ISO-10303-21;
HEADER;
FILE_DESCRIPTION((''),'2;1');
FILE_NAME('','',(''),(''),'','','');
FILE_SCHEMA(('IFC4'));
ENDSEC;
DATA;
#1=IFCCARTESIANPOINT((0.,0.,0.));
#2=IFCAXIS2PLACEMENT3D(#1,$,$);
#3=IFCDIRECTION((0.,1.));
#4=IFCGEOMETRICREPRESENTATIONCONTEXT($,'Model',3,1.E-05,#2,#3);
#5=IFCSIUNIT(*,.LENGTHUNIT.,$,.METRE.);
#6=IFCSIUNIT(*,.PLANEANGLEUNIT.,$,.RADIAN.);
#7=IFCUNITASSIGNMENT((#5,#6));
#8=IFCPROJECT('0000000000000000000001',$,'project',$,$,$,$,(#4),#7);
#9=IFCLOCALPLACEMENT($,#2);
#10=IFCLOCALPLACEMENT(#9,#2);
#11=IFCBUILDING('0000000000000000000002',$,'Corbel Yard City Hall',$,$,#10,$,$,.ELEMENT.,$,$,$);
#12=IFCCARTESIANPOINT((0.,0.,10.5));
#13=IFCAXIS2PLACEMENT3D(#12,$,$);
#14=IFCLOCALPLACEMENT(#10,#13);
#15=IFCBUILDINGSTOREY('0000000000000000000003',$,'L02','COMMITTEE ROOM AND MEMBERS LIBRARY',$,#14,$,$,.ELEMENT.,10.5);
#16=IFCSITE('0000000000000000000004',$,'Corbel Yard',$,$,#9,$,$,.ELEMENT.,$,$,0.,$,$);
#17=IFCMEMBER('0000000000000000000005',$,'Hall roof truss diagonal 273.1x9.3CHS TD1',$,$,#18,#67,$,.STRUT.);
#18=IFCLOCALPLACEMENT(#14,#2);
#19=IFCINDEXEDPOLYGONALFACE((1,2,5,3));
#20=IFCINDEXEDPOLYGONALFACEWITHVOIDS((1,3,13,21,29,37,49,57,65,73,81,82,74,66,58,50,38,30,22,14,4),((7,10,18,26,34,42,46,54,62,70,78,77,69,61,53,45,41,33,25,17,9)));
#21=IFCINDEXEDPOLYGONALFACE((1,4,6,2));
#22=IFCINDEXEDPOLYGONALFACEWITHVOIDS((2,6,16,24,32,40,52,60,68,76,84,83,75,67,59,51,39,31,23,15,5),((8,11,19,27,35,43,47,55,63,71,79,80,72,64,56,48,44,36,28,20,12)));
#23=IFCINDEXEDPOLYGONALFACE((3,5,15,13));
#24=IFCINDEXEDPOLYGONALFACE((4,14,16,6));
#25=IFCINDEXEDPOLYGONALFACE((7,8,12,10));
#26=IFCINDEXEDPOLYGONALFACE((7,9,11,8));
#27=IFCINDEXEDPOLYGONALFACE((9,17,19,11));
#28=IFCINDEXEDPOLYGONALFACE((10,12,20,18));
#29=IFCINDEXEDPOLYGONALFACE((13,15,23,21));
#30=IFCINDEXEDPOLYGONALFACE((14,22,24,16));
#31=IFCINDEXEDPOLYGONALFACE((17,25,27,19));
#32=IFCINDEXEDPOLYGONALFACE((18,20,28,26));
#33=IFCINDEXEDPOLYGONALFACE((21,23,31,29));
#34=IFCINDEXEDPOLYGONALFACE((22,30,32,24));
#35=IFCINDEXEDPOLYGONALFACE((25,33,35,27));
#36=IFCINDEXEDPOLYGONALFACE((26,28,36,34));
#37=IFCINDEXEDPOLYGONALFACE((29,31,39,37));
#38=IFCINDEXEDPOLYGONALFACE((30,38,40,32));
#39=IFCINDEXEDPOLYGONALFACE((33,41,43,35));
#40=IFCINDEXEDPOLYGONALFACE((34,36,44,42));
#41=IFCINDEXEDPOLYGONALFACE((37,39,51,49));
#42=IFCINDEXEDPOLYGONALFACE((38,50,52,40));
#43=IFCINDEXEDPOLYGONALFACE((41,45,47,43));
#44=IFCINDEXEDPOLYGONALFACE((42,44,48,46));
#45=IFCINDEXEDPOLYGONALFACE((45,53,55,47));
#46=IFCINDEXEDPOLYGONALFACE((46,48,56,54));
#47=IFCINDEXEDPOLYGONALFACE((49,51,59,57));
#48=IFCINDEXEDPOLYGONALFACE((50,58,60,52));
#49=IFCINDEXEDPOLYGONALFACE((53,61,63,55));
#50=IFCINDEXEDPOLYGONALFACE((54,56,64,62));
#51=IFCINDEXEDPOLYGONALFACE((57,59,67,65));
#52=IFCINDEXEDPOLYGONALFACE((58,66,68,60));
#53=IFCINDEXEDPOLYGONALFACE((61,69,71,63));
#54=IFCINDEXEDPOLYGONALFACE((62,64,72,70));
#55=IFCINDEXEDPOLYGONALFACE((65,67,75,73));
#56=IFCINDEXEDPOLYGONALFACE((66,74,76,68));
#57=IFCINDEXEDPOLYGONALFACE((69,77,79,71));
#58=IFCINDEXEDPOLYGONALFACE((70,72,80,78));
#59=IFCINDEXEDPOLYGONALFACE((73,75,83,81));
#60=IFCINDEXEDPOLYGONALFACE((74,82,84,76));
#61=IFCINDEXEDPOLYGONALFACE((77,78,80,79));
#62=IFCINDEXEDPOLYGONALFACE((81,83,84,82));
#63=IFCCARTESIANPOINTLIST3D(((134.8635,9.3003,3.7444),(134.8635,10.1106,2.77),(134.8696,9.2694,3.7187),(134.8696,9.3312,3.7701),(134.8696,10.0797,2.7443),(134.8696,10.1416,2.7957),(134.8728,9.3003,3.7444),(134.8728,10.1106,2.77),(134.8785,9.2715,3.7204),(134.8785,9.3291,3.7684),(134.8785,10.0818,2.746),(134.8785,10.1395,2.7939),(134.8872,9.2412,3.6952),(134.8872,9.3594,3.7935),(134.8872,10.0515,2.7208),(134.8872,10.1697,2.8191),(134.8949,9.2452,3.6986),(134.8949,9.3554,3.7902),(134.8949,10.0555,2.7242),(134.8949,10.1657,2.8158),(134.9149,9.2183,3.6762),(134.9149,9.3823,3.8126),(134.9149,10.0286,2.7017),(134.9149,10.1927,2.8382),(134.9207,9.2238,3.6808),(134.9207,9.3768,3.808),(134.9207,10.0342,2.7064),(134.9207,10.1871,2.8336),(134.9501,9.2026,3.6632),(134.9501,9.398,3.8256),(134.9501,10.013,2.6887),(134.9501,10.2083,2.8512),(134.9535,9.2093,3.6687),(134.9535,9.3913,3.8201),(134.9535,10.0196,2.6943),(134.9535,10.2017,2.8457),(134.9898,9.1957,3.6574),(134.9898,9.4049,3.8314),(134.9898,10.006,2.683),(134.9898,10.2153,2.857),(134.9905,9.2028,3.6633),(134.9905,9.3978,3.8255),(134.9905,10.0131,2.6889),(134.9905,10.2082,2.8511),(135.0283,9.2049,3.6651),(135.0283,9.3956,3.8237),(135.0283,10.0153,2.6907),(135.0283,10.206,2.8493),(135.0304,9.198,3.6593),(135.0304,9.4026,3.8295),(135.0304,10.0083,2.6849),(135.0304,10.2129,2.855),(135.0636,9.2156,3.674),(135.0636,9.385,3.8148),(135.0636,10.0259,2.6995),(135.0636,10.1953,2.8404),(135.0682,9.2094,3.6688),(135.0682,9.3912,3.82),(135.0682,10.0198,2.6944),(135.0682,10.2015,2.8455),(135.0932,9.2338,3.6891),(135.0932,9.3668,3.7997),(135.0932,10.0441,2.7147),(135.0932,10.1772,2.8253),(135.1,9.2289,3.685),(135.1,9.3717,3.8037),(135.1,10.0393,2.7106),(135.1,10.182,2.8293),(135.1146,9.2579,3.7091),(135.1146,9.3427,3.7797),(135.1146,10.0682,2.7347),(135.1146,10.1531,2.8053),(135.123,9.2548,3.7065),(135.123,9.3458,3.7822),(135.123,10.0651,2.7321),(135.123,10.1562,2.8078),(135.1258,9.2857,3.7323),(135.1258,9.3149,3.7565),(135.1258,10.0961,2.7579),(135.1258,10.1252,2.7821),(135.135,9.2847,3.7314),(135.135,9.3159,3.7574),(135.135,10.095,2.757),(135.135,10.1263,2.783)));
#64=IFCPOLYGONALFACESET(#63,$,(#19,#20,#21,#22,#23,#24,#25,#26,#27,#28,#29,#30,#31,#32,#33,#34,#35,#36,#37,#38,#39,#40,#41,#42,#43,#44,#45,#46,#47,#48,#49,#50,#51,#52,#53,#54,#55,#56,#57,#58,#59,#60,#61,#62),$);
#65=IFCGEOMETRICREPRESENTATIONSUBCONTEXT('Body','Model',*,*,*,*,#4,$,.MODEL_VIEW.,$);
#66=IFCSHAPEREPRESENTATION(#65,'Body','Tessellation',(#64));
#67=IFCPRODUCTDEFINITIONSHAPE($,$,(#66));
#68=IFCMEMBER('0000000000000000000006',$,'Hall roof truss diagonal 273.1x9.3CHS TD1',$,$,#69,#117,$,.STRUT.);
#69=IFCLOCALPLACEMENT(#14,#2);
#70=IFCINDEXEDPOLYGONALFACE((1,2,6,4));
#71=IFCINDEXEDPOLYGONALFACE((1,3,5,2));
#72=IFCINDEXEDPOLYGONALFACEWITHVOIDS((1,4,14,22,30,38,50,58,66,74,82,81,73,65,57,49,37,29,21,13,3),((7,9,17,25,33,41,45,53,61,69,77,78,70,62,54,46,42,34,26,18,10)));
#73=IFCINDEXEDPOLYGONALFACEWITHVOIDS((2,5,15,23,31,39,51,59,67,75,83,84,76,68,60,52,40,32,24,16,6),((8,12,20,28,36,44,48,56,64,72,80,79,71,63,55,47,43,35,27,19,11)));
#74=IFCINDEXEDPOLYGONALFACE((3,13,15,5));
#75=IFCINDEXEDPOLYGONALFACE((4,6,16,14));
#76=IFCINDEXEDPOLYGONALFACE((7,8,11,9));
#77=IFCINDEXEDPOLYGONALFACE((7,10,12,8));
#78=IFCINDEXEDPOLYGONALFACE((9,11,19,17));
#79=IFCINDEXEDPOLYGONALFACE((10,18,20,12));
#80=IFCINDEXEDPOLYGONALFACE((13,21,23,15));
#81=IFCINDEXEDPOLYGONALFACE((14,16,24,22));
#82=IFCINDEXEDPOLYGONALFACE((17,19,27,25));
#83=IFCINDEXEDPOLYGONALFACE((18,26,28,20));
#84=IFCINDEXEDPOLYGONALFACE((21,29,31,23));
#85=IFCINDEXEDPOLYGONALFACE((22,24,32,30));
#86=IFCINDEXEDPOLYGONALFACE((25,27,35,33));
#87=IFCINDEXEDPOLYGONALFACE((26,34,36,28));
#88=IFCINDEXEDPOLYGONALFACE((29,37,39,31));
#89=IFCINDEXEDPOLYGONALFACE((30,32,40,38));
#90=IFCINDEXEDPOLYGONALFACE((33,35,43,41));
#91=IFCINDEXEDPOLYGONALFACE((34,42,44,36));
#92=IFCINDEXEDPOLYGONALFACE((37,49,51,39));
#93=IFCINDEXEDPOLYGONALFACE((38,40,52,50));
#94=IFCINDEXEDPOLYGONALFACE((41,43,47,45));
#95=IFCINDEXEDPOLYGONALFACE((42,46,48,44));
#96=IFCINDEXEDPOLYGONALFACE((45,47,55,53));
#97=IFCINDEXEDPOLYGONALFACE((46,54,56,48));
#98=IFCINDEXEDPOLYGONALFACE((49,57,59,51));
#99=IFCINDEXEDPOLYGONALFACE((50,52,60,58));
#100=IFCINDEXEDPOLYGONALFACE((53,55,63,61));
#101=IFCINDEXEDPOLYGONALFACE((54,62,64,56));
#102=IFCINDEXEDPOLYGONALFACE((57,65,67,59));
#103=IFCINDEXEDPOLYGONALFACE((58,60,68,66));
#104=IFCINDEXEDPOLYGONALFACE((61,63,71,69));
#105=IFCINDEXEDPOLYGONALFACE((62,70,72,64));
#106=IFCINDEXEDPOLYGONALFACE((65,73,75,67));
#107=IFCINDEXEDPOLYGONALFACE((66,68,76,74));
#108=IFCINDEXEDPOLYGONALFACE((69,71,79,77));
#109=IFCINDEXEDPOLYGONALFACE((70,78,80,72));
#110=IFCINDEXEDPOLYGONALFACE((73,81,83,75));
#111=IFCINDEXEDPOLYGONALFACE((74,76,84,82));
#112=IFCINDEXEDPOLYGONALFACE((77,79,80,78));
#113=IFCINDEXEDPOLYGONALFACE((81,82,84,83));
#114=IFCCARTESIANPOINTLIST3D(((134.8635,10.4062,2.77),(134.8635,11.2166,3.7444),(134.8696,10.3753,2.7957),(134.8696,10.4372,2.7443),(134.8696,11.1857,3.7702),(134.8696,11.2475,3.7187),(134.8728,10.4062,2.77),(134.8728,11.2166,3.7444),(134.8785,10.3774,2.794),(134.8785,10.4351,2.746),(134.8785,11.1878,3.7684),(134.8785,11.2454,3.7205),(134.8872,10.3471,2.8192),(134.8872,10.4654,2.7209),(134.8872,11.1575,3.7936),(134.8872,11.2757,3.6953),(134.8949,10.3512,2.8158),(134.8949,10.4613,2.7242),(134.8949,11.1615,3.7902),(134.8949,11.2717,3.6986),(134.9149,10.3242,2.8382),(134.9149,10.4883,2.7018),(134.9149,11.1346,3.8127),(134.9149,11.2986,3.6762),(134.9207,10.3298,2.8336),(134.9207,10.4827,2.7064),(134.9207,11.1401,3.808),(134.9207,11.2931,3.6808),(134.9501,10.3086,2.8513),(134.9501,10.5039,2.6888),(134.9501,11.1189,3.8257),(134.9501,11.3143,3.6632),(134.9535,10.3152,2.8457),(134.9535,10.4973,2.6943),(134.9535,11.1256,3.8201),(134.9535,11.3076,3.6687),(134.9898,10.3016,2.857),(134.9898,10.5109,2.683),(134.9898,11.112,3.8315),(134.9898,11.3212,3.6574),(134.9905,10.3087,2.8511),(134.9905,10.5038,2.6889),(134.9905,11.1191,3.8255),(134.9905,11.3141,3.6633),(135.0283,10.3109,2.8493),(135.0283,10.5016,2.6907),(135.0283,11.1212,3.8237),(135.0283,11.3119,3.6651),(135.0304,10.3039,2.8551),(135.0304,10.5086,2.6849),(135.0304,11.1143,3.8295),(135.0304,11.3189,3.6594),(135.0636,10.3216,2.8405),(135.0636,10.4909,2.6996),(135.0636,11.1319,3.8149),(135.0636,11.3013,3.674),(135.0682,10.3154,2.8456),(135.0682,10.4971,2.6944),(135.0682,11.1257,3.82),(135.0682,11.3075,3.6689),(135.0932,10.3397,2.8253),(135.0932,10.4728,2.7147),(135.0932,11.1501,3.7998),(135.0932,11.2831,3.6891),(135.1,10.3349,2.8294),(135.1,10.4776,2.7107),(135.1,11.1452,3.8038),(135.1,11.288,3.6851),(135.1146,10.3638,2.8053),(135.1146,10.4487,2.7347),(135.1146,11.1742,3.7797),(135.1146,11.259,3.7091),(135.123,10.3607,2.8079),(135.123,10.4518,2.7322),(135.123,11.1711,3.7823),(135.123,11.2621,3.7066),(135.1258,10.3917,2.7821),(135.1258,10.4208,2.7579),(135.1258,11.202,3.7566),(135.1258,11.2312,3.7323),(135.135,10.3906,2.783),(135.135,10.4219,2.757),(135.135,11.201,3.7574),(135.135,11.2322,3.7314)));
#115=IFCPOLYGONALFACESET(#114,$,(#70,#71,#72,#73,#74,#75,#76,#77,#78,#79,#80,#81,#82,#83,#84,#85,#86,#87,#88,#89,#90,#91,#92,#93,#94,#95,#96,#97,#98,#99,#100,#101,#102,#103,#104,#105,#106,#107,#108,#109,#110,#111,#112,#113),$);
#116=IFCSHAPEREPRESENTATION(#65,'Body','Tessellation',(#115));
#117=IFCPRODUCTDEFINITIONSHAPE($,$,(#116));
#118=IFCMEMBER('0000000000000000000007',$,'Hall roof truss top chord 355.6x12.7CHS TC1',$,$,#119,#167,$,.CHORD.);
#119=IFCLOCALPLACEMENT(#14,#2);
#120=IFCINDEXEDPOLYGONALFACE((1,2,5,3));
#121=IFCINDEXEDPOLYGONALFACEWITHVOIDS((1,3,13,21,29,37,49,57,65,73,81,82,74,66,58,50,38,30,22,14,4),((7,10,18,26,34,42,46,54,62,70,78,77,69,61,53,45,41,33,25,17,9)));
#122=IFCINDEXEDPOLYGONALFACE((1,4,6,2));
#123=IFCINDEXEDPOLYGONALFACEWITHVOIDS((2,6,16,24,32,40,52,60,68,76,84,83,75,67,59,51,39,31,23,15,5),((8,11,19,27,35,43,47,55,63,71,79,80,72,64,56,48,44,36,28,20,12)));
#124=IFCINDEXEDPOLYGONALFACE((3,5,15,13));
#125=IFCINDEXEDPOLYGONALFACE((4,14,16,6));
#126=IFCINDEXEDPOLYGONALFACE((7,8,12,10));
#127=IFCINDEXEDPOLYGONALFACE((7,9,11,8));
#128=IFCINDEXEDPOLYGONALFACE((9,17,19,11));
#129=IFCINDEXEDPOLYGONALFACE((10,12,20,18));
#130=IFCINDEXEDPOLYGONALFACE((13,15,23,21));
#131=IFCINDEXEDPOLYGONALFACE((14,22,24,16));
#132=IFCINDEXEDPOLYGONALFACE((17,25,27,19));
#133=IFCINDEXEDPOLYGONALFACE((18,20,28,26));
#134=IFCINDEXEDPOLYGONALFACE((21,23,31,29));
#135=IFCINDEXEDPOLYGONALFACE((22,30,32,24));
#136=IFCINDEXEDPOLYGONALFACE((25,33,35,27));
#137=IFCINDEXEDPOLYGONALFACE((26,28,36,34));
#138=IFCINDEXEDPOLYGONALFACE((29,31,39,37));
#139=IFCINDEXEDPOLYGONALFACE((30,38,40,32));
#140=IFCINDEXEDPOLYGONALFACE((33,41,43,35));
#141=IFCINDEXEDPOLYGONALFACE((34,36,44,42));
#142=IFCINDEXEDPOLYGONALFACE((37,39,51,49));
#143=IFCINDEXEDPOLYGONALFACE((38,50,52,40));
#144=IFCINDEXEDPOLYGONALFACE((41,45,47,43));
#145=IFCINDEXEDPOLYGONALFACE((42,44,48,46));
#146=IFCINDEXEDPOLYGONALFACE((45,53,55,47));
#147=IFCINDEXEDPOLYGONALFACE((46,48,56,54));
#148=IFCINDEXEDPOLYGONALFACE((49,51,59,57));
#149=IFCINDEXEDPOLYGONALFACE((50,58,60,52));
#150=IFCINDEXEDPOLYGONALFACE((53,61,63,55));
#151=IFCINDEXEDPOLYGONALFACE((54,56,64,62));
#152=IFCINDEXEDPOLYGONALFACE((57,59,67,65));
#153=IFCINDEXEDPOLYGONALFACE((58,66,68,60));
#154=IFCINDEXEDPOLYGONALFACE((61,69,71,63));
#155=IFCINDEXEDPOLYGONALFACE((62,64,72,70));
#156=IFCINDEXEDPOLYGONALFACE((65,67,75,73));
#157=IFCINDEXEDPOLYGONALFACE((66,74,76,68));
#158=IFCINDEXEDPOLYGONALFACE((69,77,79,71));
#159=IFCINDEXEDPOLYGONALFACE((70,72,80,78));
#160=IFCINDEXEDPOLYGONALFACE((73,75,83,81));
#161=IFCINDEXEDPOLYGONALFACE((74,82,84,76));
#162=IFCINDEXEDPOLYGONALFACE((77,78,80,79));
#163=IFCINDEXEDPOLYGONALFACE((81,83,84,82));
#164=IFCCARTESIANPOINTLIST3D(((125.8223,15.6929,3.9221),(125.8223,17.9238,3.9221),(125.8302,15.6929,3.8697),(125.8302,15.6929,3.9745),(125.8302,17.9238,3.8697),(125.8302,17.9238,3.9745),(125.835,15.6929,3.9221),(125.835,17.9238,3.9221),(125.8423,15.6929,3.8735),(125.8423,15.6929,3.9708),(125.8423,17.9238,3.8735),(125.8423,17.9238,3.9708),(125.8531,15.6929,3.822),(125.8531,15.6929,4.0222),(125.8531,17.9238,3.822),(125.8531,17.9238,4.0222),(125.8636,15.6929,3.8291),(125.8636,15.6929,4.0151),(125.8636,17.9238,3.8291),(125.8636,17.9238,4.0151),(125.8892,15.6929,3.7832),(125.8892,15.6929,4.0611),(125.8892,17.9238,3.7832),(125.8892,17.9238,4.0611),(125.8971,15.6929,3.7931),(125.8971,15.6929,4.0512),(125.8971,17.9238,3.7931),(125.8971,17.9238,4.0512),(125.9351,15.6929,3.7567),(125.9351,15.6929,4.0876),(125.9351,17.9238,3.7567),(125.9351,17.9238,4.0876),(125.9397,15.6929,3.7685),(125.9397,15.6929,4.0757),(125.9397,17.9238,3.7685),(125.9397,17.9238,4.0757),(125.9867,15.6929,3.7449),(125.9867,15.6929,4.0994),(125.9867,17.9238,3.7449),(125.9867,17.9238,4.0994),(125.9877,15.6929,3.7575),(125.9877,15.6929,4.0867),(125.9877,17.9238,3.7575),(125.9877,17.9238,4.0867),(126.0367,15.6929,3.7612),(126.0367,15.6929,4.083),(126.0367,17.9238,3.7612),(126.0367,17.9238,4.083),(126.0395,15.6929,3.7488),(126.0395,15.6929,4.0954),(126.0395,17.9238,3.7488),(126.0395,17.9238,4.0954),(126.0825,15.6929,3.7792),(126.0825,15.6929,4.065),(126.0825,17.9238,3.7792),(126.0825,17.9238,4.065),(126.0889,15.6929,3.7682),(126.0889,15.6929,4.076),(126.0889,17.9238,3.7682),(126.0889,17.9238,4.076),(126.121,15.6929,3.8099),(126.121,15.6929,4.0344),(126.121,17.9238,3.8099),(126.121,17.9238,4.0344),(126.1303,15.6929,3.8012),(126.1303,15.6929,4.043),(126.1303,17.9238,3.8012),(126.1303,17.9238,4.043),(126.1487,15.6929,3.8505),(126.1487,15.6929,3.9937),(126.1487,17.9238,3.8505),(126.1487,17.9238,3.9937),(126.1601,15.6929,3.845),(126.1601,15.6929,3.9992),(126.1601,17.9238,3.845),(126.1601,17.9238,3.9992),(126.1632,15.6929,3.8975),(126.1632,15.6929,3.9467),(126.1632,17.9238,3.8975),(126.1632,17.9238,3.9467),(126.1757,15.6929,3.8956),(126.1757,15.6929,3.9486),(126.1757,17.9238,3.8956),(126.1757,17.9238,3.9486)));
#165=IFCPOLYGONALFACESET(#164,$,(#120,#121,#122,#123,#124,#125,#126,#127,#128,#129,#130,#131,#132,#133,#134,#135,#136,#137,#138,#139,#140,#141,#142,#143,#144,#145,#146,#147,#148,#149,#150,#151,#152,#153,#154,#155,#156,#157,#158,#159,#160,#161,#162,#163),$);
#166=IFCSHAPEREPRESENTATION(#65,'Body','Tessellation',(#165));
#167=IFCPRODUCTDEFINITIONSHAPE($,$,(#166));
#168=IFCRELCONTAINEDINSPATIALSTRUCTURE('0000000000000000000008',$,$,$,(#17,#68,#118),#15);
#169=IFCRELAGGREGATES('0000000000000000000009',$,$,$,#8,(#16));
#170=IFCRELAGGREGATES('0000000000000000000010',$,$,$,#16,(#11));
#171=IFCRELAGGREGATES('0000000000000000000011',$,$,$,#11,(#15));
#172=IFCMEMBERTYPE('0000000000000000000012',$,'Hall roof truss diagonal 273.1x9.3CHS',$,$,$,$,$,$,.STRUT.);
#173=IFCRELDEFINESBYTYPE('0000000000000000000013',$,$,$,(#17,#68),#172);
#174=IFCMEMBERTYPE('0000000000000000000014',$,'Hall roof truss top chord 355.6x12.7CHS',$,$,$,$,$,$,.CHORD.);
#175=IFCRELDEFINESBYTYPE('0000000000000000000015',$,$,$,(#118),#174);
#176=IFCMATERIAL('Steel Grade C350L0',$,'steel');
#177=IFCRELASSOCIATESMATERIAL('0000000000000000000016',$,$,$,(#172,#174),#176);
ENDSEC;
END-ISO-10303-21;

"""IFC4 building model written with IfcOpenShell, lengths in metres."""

from ifc_helpers import new_model, si_unit, direction, frame, origin, origin_2d, place, context, subcontext, project, spatial, hollow_circle, extrude, material, material_profile, profile_set, type_object, element, save


model = new_model("IFC4")

# Units and contexts
model_context = context("Model", 3, precision=1e-05, world=origin(), true_north=direction((0.0, 1.0)))
body_context = subcontext(model_context, "Body", "Model", "MODEL_VIEW")
ifc_project = project(units=[si_unit("LENGTHUNIT", "METRE"), si_unit("PLANEANGLEUNIT", "RADIAN")], contexts=[model_context])

# Site, building, storey
site_placement = place(None, origin())
site = spatial("IfcSite", under=ifc_project, at=site_placement, Name="Corbel Yard", CompositionType="ELEMENT", RefElevation=0.0)
building_placement = place(site_placement, origin())
building = spatial("IfcBuilding", under=site, at=building_placement, Name="Corbel Yard City Hall", CompositionType="ELEMENT")
storey_placement = place(building_placement, frame((0.0, 0.0, 10.5)))
storey = spatial("IfcBuildingStorey", under=building, at=storey_placement, Name="L02", Description="COMMITTEE ROOM AND MEMBERS LIBRARY", CompositionType="ELEMENT", Elevation=10.5)

# Members
ifc_material_1 = material(Name="Steel Grade C350L0", Category="steel")
ifc_material_profile_1 = material_profile(ifc_material_1, hollow_circle(Radius=0.1365, WallThickness=0.0093, at=origin_2d()), Name="273.1x9.3CHS")
ifc_profile_set_1 = profile_set([ifc_material_profile_1], Name="Steel Grade C350L0")
member_type_1 = type_object("IfcMemberType", Name="Hall roof truss diagonal 273.1x9.3CHS", PredefinedType="STRUT", material=ifc_profile_set_1)
for number, where, z_axis, x_axis, name in (
    (1, (135.0, 9.3003, 3.7444), (0.0, 0.639407, -0.768868), (-1.0, 0.0, 0.0), "Hall roof truss diagonal 273.1x9.3CHS TD1"),
    (2, (135.0, 10.4062, 2.77), (0.0, 0.639407, 0.768868), (-1.0, 0.0, 0.0), "Hall roof truss diagonal 273.1x9.3CHS TD1"),
):
    element("IfcMember", number, at=place(storey_placement, frame(where, z_axis=z_axis, x_axis=x_axis)), inside=storey, type_object=member_type_1, Name=name, PredefinedType="STRUT", context=body_context, shape_type="SweptSolid", body=[
        extrude(hollow_circle(Radius=0.1365, WallThickness=0.0093, at=origin_2d()), origin(), (0.0, 0.0, 1.0), 1.2673),
    ])
ifc_material_profile_2 = material_profile(ifc_material_1, hollow_circle(Radius=0.1777, WallThickness=0.0127, at=origin_2d()), Name="355.6x12.7CHS")
ifc_profile_set_2 = profile_set([ifc_material_profile_2], Name="Steel Grade C350L0")
member_type_2 = type_object("IfcMemberType", Name="Hall roof truss top chord 355.6x12.7CHS", PredefinedType="CHORD", material=ifc_profile_set_2)
member_1_placement = place(storey_placement, frame((126.0, 15.6929, 3.9221), z_axis=(0.0, 1.0, 0.0), x_axis=(-1.0, 0.0, 0.0)))
element("IfcMember", 3, at=member_1_placement, inside=storey, type_object=member_type_2, Name="Hall roof truss top chord 355.6x12.7CHS TC1", PredefinedType="CHORD", context=body_context, shape_type="SweptSolid", body=[
    extrude(hollow_circle(Radius=0.1777, WallThickness=0.0127, at=origin_2d()), origin(), (0.0, 0.0, 1.0), 2.231),
])

save(model, "model.ifc")
